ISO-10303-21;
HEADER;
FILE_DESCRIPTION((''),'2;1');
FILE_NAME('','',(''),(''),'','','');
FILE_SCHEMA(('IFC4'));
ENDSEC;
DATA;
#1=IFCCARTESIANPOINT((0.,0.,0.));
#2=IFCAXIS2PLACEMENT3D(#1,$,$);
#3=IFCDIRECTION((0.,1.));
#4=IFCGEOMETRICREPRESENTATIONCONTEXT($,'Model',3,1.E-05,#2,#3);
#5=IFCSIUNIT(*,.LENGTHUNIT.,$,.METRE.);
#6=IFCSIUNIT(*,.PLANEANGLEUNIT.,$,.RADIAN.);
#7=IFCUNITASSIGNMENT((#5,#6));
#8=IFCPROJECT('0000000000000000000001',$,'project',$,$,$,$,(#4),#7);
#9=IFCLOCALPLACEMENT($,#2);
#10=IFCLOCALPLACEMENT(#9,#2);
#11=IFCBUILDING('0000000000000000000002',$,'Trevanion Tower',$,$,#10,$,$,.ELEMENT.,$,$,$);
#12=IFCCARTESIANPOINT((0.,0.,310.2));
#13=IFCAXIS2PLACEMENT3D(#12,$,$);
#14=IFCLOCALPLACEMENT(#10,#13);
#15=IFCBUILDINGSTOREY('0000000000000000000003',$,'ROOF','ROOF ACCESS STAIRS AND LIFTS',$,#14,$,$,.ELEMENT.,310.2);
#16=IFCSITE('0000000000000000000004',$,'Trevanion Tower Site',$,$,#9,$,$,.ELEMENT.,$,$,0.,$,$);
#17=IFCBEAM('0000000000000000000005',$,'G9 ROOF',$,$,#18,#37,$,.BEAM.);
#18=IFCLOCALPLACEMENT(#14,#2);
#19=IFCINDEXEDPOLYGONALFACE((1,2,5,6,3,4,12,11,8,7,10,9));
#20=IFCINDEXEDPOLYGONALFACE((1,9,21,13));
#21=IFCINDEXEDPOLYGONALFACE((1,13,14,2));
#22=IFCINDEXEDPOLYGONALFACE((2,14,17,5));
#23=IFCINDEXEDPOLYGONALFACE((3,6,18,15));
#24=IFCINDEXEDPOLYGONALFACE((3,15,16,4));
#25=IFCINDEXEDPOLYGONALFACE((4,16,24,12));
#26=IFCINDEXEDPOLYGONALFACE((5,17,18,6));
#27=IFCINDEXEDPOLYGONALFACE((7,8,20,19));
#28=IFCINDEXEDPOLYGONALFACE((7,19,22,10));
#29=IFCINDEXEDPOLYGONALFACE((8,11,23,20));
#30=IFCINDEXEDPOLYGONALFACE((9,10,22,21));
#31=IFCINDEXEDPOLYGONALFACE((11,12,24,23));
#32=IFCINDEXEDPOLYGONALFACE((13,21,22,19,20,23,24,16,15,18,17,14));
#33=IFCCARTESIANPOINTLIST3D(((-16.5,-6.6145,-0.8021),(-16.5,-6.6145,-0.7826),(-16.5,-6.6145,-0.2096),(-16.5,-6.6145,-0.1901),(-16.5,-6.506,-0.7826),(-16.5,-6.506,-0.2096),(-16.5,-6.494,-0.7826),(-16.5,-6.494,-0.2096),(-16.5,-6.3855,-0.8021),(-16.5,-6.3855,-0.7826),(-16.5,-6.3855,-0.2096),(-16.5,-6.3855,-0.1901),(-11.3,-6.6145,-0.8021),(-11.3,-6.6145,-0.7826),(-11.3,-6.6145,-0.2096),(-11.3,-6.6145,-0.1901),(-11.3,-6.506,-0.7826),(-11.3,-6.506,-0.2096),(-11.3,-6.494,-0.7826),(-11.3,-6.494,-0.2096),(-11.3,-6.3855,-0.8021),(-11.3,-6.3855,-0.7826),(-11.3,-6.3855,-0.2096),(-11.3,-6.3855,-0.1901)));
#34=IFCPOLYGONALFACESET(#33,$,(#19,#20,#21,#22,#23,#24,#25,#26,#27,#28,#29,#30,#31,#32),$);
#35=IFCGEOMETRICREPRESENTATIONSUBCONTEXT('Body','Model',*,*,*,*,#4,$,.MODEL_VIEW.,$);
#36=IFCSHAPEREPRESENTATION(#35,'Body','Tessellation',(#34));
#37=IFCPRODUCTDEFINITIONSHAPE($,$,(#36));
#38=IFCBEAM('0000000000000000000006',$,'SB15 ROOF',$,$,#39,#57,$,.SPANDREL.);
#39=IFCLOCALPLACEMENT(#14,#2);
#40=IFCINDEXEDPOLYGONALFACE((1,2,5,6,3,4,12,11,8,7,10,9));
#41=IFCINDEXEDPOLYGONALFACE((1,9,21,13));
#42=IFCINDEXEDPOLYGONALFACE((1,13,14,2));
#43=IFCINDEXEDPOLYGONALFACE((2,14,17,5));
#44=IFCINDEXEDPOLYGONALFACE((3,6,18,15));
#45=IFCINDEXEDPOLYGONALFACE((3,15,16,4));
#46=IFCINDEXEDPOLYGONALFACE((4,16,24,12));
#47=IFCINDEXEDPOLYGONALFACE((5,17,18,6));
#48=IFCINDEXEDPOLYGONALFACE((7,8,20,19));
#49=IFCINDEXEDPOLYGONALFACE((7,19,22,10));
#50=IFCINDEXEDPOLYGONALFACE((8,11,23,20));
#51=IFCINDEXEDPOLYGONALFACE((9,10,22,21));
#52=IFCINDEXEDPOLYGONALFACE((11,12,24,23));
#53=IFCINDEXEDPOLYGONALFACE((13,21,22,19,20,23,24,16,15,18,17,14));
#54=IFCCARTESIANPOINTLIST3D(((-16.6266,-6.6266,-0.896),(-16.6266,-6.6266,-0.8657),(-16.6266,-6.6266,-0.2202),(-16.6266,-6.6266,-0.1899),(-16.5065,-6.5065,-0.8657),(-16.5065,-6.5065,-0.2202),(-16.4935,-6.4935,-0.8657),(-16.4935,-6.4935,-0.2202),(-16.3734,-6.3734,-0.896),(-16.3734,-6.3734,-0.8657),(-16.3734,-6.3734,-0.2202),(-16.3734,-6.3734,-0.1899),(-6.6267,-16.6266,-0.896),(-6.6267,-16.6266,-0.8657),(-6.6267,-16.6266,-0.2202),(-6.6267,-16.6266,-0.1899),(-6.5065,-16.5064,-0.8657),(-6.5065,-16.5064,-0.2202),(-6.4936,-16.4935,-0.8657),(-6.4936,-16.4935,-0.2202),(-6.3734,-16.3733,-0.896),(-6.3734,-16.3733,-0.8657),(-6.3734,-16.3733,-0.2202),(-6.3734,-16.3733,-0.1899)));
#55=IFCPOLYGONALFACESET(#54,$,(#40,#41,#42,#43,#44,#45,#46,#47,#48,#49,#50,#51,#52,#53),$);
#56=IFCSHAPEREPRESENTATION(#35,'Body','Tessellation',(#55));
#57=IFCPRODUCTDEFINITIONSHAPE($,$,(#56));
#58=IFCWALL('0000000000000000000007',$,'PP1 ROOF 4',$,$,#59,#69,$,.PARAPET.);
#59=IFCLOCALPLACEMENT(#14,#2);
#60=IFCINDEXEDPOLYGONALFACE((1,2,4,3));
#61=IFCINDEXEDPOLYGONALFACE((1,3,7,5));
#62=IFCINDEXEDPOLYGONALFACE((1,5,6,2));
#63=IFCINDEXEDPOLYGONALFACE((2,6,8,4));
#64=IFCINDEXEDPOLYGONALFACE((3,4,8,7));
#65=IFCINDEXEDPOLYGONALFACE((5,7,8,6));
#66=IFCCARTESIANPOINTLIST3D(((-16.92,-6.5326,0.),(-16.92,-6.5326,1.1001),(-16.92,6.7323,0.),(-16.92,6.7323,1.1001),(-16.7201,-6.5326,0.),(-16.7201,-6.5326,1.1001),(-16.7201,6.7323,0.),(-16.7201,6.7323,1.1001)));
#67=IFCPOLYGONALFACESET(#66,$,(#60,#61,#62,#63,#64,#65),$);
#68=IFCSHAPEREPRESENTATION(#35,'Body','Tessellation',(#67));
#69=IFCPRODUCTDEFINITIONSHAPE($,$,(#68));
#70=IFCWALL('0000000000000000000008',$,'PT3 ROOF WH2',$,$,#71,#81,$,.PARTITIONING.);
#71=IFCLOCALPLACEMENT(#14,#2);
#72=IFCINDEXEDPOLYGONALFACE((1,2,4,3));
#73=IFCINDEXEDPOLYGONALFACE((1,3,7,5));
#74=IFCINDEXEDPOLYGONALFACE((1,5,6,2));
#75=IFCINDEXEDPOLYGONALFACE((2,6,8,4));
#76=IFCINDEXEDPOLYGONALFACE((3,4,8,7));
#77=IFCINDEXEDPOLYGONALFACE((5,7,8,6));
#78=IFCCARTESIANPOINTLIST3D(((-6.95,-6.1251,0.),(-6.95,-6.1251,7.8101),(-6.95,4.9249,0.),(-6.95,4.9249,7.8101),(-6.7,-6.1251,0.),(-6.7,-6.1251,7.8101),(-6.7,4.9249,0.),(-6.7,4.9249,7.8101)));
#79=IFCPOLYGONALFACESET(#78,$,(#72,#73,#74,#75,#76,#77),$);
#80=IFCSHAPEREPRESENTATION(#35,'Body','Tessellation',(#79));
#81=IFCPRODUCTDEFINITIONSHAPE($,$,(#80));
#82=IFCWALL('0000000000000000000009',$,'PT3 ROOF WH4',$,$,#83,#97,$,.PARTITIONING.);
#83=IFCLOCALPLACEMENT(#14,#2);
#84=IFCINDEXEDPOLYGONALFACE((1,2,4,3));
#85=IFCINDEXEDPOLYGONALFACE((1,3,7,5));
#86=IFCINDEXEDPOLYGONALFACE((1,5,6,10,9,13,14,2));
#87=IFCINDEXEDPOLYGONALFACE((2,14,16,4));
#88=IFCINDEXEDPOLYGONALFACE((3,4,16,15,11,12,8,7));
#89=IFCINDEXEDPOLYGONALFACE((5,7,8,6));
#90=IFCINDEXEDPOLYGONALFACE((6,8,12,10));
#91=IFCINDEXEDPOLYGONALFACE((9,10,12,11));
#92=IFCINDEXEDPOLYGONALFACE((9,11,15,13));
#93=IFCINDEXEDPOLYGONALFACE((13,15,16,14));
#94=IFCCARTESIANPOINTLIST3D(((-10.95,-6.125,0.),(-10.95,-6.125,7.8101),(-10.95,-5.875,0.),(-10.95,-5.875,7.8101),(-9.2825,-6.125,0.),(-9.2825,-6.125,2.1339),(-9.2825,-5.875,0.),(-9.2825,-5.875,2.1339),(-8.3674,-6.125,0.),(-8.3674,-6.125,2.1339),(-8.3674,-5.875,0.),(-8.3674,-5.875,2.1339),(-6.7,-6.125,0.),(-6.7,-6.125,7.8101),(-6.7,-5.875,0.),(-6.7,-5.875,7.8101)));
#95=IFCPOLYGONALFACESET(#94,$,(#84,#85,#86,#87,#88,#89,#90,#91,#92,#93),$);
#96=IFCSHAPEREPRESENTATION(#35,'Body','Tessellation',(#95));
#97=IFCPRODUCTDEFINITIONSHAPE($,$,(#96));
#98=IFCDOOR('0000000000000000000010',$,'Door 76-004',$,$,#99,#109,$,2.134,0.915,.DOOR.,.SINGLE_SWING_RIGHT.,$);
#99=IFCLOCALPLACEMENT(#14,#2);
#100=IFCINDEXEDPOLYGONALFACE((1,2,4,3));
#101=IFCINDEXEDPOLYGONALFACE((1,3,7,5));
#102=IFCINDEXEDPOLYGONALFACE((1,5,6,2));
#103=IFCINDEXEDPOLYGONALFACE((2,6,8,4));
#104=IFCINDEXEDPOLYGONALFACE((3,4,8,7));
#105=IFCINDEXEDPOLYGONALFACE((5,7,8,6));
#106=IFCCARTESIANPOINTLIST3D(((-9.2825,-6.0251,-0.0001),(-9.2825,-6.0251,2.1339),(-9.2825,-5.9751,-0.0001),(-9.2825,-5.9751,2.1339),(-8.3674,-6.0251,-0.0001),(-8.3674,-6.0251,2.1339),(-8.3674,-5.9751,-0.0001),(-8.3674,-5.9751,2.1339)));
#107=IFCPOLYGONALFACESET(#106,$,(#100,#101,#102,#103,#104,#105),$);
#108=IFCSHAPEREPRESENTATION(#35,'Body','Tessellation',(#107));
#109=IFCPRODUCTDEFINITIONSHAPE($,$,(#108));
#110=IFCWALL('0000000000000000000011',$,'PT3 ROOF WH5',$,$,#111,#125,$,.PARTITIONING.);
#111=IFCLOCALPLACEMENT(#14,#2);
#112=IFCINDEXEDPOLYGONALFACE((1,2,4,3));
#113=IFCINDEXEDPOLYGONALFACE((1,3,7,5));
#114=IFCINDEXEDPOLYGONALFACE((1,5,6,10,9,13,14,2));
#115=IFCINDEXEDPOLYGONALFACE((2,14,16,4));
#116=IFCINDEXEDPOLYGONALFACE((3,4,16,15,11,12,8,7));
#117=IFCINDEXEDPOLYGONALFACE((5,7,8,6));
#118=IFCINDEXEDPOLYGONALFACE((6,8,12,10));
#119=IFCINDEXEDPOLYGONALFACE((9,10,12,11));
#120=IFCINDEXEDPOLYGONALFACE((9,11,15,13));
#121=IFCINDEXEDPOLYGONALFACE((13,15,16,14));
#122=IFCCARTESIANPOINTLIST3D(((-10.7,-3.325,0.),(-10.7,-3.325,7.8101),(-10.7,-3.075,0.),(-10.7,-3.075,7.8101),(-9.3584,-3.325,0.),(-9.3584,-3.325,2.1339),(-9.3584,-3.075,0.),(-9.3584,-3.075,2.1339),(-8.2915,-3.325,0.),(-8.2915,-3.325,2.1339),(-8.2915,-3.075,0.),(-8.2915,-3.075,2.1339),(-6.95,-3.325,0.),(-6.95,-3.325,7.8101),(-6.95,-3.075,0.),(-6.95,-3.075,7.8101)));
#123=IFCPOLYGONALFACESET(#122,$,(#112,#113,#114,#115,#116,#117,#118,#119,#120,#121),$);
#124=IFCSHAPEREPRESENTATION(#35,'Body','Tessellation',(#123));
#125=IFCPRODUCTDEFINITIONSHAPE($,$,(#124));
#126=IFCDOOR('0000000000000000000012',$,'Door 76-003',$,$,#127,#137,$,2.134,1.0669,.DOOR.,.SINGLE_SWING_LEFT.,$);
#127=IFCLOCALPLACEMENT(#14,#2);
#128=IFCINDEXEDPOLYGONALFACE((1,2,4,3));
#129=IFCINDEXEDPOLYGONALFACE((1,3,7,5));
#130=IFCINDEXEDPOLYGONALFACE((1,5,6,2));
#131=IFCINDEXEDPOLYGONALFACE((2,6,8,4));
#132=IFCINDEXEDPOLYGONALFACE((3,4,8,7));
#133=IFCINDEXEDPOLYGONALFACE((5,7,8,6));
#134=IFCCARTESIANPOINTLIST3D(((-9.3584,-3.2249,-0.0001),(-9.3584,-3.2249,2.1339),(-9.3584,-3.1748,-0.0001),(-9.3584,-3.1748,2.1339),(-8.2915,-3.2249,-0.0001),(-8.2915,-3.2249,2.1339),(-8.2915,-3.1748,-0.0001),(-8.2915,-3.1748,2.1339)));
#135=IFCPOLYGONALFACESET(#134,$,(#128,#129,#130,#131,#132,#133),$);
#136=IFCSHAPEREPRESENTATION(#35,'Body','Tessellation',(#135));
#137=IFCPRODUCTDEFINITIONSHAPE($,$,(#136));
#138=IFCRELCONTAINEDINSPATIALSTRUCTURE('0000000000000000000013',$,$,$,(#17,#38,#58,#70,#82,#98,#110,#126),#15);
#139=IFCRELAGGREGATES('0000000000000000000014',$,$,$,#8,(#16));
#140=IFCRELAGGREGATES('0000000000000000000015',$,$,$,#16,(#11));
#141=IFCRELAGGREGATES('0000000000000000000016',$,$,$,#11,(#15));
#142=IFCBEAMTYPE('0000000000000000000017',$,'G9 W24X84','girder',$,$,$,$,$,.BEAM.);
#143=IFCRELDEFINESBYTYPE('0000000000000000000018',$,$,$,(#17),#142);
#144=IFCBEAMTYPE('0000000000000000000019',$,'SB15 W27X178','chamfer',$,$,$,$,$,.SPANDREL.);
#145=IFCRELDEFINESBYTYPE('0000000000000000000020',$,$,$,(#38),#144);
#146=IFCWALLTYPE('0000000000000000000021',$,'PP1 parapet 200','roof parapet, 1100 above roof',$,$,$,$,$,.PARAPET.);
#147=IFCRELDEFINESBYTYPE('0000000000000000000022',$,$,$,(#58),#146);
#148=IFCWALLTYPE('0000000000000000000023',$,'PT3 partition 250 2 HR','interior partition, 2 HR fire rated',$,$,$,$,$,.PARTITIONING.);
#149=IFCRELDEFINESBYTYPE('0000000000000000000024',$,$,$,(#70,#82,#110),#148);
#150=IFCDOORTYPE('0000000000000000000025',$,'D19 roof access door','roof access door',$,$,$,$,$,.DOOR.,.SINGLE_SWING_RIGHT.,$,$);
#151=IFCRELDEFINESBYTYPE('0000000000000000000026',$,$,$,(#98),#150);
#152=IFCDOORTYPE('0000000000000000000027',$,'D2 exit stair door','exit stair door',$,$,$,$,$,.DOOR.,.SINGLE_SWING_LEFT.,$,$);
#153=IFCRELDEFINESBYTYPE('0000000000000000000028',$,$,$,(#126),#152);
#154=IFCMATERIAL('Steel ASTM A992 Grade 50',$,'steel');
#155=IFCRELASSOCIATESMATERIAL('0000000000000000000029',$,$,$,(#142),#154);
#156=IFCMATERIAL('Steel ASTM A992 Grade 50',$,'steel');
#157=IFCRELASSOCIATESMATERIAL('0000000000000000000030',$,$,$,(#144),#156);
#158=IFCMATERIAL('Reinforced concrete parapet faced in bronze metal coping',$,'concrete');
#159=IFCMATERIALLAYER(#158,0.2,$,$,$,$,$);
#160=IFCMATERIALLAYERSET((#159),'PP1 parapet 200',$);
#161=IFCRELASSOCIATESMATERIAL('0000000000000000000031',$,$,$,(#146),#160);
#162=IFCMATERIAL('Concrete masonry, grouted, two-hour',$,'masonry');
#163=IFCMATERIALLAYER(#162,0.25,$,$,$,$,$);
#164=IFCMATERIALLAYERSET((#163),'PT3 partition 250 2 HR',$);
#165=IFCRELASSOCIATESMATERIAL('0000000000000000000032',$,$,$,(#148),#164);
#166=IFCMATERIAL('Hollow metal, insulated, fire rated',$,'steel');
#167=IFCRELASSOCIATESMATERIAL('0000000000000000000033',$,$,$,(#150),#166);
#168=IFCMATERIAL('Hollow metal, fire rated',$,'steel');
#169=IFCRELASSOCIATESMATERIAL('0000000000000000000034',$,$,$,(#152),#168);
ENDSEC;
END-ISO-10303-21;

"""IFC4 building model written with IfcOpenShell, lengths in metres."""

from ifc_helpers import new_model, si_unit, direction, frame, frame_2d, origin, origin_2d, place, context, subcontext, project, spatial, rectangle, i_section, extrude, material, layer, layer_set, material_profile, profile_set, type_object, element, fill, save


model = new_model("IFC4")

# Units and contexts
model_context = context("Model", 3, precision=1e-05, world=origin(), true_north=direction((0.0, 1.0)))
body_context = subcontext(model_context, "Body", "Model", "MODEL_VIEW")
ifc_project = project(units=[si_unit("LENGTHUNIT", "METRE"), si_unit("PLANEANGLEUNIT", "RADIAN")], contexts=[model_context])

# Site, building, storey
site_placement = place(None, origin())
site = spatial("IfcSite", under=ifc_project, at=site_placement, Name="Trevanion Tower Site", CompositionType="ELEMENT", RefElevation=0.0)
building_placement = place(site_placement, origin())
building = spatial("IfcBuilding", under=site, at=building_placement, Name="Trevanion Tower", CompositionType="ELEMENT")
storey_placement = place(building_placement, frame((0.0, 0.0, 310.2)))
storey = spatial("IfcBuildingStorey", under=building, at=storey_placement, Name="ROOF", Description="ROOF ACCESS STAIRS AND LIFTS", CompositionType="ELEMENT", Elevation=310.2)

# Beams
ifc_material_1 = material(Name="Steel ASTM A992 Grade 50", Category="steel")
ifc_material_profile_1 = material_profile(ifc_material_1, i_section(OverallWidth=0.229, OverallDepth=0.6121, WebThickness=0.012, FlangeThickness=0.0195, at=origin_2d()), Name="W24X84")
ifc_profile_set_1 = profile_set([ifc_material_profile_1], Name="Steel ASTM A992 Grade 50")
beam_type_1 = type_object("IfcBeamType", Name="G9 W24X84", Description="girder", PredefinedType="BEAM", material=ifc_profile_set_1)
beam_1_placement = place(storey_placement, frame((-11.3, -6.5, -0.4961), z_axis=(-1.0, 0.0, 0.0), x_axis=(0.0, -1.0, 0.0)))
element("IfcBeam", 1, at=beam_1_placement, inside=storey, type_object=beam_type_1, Name="G9 ROOF", PredefinedType="BEAM", context=body_context, shape_type="SweptSolid", body=[
    extrude(i_section(OverallWidth=0.229, OverallDepth=0.6121, WebThickness=0.012, FlangeThickness=0.0195, at=origin_2d()), origin(), (0.0, 0.0, 1.0), 5.2),
])
ifc_material_2 = material(Name="Steel ASTM A992 Grade 50", Category="steel")
ifc_material_profile_2 = material_profile(ifc_material_2, i_section(OverallWidth=0.3582, OverallDepth=0.7061, WebThickness=0.0183, FlangeThickness=0.0303, at=origin_2d()), Name="W27X178")
ifc_profile_set_2 = profile_set([ifc_material_profile_2], Name="Steel ASTM A992 Grade 50")
beam_type_2 = type_object("IfcBeamType", Name="SB15 W27X178", Description="chamfer", PredefinedType="SPANDREL", material=ifc_profile_set_2)
beam_2_placement = place(storey_placement, frame((-16.5, -6.5, -0.543), z_axis=(0.707107, -0.707107, 0.0), x_axis=(0.707107, 0.707107, 0.0)))
element("IfcBeam", 2, at=beam_2_placement, inside=storey, type_object=beam_type_2, Name="SB15 ROOF", PredefinedType="SPANDREL", context=body_context, shape_type="SweptSolid", body=[
    extrude(i_section(OverallWidth=0.3582, OverallDepth=0.7061, WebThickness=0.0183, FlangeThickness=0.0303, at=origin_2d()), origin(), (0.0, 0.0, 1.0), 14.1421),
])

# Walls
ifc_material_3 = material(Name="Reinforced concrete parapet faced in bronze metal coping", Category="concrete")
ifc_layer_1 = layer(ifc_material_3, 0.2)
ifc_layer_set_1 = layer_set([ifc_layer_1], Name="PP1 parapet 200")
wall_type_1 = type_object("IfcWallType", Name="PP1 parapet 200", Description="roof parapet, 1100 above roof", PredefinedType="PARAPET", material=ifc_layer_set_1)
wall_1_placement = place(storey_placement, frame((-16.8201, -6.5325, 0.0), z_axis=(0.0, 0.0, 1.0), x_axis=(0.0, 1.0, 0.0)))
element("IfcWall", 3, at=wall_1_placement, inside=storey, type_object=wall_type_1, Name="PP1 ROOF 4", PredefinedType="PARAPET", context=body_context, shape_type="SweptSolid", body=[
    extrude(rectangle(XDim=13.2649, YDim=0.2, at=frame_2d((6.6323, 0.0))), origin(), (0.0, 0.0, 1.0), 1.1001),
])
ifc_material_4 = material(Name="Concrete masonry, grouted, two-hour", Category="masonry")
ifc_layer_2 = layer(ifc_material_4, 0.25)
ifc_layer_set_2 = layer_set([ifc_layer_2], Name="PT3 partition 250 2 HR")
wall_type_2 = type_object("IfcWallType", Name="PT3 partition 250 2 HR", Description="interior partition, 2 HR fire rated", PredefinedType="PARTITIONING", material=ifc_layer_set_2)
wall_2_placement = place(storey_placement, frame((-6.825, -6.125, 0.0), z_axis=(0.0, 0.0, 1.0), x_axis=(0.0, 1.0, 0.0)))
element("IfcWall", 4, at=wall_2_placement, inside=storey, type_object=wall_type_2, Name="PT3 ROOF WH2", PredefinedType="PARTITIONING", context=body_context, shape_type="SweptSolid", body=[
    extrude(rectangle(XDim=11.05, YDim=0.25, at=frame_2d((5.5249, 0.0))), origin(), (0.0, 0.0, 1.0), 7.8101),
])

# Walls, openings, doors
wall_3_placement = place(storey_placement, frame((-10.95, -6.0, 0.0), z_axis=(0.0, 0.0, 1.0), x_axis=(1.0, 0.0, 0.0)))
wall_3 = element("IfcWall", 5, at=wall_3_placement, inside=storey, type_object=wall_type_2, Name="PT3 ROOF WH4", PredefinedType="PARTITIONING", context=body_context, shape_type="SweptSolid", body=[
    extrude(rectangle(XDim=4.25, YDim=0.25, at=frame_2d((2.125, 0.0))), origin(), (0.0, 0.0, 1.0), 7.8101),
])
opening_1_placement = place(wall_3_placement, frame((1.6675, 0.0, 0.0)))
opening_1 = element("IfcOpeningElement", 6, at=opening_1_placement, cuts=wall_3, PredefinedType="OPENING", context=body_context, shape_type="SweptSolid", body=[
    extrude(rectangle(XDim=0.915, YDim=2.134, at=frame_2d((0.4575, 1.0669))), frame((0.0, 0.135, 0.0), z_axis=(0.0, -1.0, 0.0), x_axis=(1.0, 0.0, 0.0)), (0.0, 0.0, 1.0), 0.27),
])
ifc_material_5 = material(Name="Hollow metal, insulated, fire rated", Category="steel")
door_type_1 = type_object("IfcDoorType", Name="D19 roof access door", Description="roof access door", OperationType="SINGLE_SWING_RIGHT", PredefinedType="DOOR", material=ifc_material_5)
door_1_placement = place(opening_1_placement, origin())
door_1 = element("IfcDoor", 7, at=door_1_placement, inside=storey, type_object=door_type_1, Name="Door 76-004", OperationType="SINGLE_SWING_RIGHT", OverallHeight=2.134, OverallWidth=0.915, PredefinedType="DOOR", context=body_context, shape_type="SweptSolid", body=[
    extrude(rectangle(XDim=0.915, YDim=2.134, at=frame_2d((0.4575, 1.0669))), frame((0.0, 0.0249, 0.0), z_axis=(0.0, -1.0, 0.0), x_axis=(1.0, 0.0, 0.0)), (0.0, 0.0, 1.0), 0.05),
])
fill(opening_1, door_1)
wall_4_placement = place(storey_placement, frame((-6.95, -3.2, 0.0), z_axis=(0.0, 0.0, 1.0), x_axis=(-1.0, 0.0, 0.0)))
wall_4 = element("IfcWall", 8, at=wall_4_placement, inside=storey, type_object=wall_type_2, Name="PT3 ROOF WH5", PredefinedType="PARTITIONING", context=body_context, shape_type="SweptSolid", body=[
    extrude(rectangle(XDim=3.75, YDim=0.25, at=frame_2d((1.875, 0.0))), origin(), (0.0, 0.0, 1.0), 7.8101),
])
opening_2_placement = place(wall_4_placement, frame((1.3416, 0.0, 0.0)))
opening_2 = element("IfcOpeningElement", 9, at=opening_2_placement, cuts=wall_4, PredefinedType="OPENING", context=body_context, shape_type="SweptSolid", body=[
    extrude(rectangle(XDim=1.0669, YDim=2.134, at=frame_2d((0.5334, 1.0669))), frame((0.0, 0.135, 0.0), z_axis=(0.0, -1.0, 0.0), x_axis=(1.0, 0.0, 0.0)), (0.0, 0.0, 1.0), 0.27),
])
ifc_material_6 = material(Name="Hollow metal, fire rated", Category="steel")
door_type_2 = type_object("IfcDoorType", Name="D2 exit stair door", Description="exit stair door", OperationType="SINGLE_SWING_LEFT", PredefinedType="DOOR", material=ifc_material_6)
door_2_placement = place(opening_2_placement, origin())
door_2 = element("IfcDoor", 10, at=door_2_placement, inside=storey, type_object=door_type_2, Name="Door 76-003", OperationType="SINGLE_SWING_LEFT", OverallHeight=2.134, OverallWidth=1.0669, PredefinedType="DOOR", context=body_context, shape_type="SweptSolid", body=[
    extrude(rectangle(XDim=1.0669, YDim=2.134, at=frame_2d((0.5334, 1.0669))), frame((0.0, 0.0249, 0.0), z_axis=(0.0, -1.0, 0.0), x_axis=(1.0, 0.0, 0.0)), (0.0, 0.0, 1.0), 0.05),
])
fill(opening_2, door_2)

save(model, "model.ifc")
